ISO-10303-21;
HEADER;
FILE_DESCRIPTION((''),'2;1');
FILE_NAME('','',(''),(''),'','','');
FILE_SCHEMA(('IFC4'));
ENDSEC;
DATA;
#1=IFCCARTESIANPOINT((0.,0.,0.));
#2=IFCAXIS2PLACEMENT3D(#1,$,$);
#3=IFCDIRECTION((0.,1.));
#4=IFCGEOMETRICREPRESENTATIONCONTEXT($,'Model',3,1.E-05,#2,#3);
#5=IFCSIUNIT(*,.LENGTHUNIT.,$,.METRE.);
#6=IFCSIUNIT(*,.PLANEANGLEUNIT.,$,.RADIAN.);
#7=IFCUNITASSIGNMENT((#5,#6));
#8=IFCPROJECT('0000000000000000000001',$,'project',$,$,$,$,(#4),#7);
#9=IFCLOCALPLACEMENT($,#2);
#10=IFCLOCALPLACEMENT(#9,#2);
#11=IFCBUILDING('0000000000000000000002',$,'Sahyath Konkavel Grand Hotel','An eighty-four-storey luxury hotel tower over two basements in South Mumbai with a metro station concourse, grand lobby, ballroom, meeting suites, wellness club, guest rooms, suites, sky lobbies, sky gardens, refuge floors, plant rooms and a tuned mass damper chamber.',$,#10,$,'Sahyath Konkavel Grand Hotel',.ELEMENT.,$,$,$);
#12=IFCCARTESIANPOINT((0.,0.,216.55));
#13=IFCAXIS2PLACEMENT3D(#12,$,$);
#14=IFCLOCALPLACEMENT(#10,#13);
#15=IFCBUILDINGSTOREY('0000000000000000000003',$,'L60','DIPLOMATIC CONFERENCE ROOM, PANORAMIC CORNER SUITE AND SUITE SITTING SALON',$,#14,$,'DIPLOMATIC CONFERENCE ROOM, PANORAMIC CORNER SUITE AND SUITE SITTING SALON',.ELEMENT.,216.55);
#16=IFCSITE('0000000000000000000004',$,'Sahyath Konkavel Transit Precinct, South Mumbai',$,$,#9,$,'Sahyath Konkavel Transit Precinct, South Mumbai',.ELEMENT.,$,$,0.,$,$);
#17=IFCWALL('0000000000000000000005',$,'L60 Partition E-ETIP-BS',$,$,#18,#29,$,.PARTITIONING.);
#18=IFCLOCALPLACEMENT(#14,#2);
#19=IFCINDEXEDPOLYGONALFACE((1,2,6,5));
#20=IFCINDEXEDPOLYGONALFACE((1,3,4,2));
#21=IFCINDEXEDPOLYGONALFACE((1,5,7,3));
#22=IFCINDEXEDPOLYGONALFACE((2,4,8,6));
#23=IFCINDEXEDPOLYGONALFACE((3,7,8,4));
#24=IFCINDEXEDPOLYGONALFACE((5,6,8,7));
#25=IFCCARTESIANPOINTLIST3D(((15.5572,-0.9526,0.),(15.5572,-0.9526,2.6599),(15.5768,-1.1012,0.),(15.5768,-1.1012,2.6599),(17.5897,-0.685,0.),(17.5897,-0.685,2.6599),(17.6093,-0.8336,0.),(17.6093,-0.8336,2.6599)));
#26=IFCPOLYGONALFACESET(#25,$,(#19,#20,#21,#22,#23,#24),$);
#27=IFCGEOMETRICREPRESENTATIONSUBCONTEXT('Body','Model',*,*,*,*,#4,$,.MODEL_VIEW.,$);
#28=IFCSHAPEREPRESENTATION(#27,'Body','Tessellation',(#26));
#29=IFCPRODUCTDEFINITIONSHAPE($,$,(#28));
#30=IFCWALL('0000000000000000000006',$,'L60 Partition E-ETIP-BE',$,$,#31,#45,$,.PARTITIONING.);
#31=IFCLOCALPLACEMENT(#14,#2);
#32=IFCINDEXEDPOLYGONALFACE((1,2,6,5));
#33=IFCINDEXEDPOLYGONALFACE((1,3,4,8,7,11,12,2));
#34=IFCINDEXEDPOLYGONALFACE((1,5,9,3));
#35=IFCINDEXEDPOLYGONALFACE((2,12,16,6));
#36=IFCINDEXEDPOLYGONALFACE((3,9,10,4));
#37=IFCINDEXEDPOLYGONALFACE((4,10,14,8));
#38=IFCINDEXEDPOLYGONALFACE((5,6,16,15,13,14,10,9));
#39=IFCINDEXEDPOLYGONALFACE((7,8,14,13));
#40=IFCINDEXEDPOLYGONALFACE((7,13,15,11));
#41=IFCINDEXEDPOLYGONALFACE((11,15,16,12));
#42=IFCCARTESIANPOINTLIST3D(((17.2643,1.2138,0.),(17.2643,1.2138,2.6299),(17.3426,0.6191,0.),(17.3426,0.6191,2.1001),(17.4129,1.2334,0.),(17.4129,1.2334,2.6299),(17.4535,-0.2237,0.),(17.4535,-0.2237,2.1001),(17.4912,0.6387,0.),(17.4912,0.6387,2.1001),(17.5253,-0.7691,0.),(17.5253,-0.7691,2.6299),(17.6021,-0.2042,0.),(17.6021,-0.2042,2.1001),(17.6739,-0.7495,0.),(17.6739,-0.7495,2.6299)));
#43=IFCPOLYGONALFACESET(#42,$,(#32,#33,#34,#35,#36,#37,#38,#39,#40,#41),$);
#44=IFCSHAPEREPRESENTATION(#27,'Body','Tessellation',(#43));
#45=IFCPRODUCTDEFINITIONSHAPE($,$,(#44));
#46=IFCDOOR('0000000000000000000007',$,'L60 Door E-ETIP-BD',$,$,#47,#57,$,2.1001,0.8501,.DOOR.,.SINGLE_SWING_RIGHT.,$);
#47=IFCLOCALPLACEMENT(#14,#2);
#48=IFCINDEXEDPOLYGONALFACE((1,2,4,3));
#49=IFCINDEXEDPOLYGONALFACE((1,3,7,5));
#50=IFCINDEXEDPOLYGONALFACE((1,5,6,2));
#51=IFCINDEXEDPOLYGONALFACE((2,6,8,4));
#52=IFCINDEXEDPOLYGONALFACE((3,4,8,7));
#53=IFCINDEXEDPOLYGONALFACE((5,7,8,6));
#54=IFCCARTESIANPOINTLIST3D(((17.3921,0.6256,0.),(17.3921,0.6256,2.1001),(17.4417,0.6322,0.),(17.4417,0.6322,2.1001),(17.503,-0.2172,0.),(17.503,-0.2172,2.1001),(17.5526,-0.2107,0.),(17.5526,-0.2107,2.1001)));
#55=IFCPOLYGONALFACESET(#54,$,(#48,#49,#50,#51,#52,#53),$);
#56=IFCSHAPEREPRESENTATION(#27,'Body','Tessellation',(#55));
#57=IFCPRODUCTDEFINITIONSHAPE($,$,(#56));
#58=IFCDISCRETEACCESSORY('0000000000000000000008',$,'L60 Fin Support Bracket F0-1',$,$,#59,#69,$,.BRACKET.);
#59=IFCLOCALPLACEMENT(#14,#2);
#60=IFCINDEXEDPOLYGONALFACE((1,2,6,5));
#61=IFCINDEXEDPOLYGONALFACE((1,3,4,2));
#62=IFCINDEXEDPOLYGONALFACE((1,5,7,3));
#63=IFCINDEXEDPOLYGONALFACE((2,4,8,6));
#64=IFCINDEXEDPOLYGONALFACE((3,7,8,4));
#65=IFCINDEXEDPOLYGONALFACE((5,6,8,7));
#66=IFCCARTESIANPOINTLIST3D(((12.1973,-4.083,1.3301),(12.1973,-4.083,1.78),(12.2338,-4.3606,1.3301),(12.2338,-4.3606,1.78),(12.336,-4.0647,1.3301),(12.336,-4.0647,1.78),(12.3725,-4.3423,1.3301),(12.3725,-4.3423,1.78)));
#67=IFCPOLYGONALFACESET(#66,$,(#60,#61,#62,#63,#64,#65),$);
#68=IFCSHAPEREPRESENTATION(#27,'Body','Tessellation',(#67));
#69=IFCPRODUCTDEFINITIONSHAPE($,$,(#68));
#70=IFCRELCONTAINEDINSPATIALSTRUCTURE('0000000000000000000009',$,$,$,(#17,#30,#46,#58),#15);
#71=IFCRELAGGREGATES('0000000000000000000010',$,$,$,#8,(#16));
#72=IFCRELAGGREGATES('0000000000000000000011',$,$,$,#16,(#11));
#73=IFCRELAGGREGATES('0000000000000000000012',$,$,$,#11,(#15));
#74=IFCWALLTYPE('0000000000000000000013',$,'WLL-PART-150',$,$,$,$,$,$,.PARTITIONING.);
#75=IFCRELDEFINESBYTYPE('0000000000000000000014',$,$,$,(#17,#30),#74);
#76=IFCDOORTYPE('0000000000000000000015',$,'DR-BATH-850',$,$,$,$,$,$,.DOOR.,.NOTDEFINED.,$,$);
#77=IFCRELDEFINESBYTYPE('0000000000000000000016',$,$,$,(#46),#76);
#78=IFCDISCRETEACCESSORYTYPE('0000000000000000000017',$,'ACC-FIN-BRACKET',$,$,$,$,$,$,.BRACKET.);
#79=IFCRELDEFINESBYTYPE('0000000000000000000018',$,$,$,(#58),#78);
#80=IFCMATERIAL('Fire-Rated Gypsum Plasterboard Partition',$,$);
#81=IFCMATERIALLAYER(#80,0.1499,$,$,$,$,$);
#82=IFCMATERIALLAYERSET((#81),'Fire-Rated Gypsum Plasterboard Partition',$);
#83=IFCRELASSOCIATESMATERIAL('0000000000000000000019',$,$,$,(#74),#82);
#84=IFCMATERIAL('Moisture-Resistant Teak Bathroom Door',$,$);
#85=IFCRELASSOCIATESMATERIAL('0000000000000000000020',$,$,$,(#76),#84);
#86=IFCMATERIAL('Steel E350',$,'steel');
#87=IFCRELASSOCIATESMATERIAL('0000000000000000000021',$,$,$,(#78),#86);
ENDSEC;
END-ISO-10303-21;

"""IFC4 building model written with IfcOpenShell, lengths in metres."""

from ifc_helpers import new_model, si_unit, direction, frame, frame_2d, origin, origin_2d, place, context, subcontext, project, spatial, rectangle, extrude, source, transform, mapped, material, layer, layer_set, type_object, element, fill, save


model = new_model("IFC4")

# Units and contexts
model_context = context("Model", 3, precision=1e-05, world=origin(), true_north=direction((0.0, 1.0)))
body_context = subcontext(model_context, "Body", "Model", "MODEL_VIEW")
ifc_project = project(units=[si_unit("LENGTHUNIT", "METRE"), si_unit("PLANEANGLEUNIT", "RADIAN")], contexts=[model_context])

# Site, building, storey
site_placement = place(None, origin())
site = spatial("IfcSite", under=ifc_project, at=site_placement, Name="Sahyath Konkavel Transit Precinct, South Mumbai", LongName="Sahyath Konkavel Transit Precinct, South Mumbai", CompositionType="ELEMENT", RefElevation=0.0)
building_placement = place(site_placement, origin())
building = spatial("IfcBuilding", under=site, at=building_placement, Name="Sahyath Konkavel Grand Hotel", Description="An eighty-four-storey luxury hotel tower over two basements in South Mumbai with a metro station concourse, grand lobby, ballroom, meeting suites, wellness club, guest rooms, suites, sky lobbies, sky gardens, refuge floors, plant rooms and a tuned mass damper chamber.", LongName="Sahyath Konkavel Grand Hotel", CompositionType="ELEMENT")
storey_placement = place(building_placement, frame((0.0, 0.0, 216.55)))
storey = spatial("IfcBuildingStorey", under=building, at=storey_placement, Name="L60", Description="DIPLOMATIC CONFERENCE ROOM, PANORAMIC CORNER SUITE AND SUITE SITTING SALON", LongName="DIPLOMATIC CONFERENCE ROOM, PANORAMIC CORNER SUITE AND SUITE SITTING SALON", CompositionType="ELEMENT", Elevation=216.55)

# Shared definitions
ifc_material_1 = material(Name="Steel E350", Category="steel")

# Shared definitions
shared_shape_1 = source(origin(), body_context, "Body", "SweptSolid", [
    extrude(rectangle(XDim=0.8501, YDim=0.05, at=origin_2d()), origin(), (0.0, 0.0, 1.0), 2.1001),
])

# Wall
ifc_material_2 = material(Name="Fire-Rated Gypsum Plasterboard Partition")
ifc_layer_1 = layer(ifc_material_2, 0.1499)
ifc_layer_set_1 = layer_set([ifc_layer_1], Name="Fire-Rated Gypsum Plasterboard Partition")
wall_type_1 = type_object("IfcWallType", Name="WLL-PART-150", PredefinedType="PARTITIONING", material=ifc_layer_set_1)
wall_1_placement = place(storey_placement, frame((15.5671, -1.0269, 0.0), z_axis=(0.0, 0.0, 1.0), x_axis=(0.991445, 0.130525, 0.0)))
element("IfcWall", 1, at=wall_1_placement, inside=storey, type_object=wall_type_1, Name="L60 Partition E-ETIP-BS", PredefinedType="PARTITIONING", context=body_context, shape_type="SweptSolid", body=[
    extrude(rectangle(XDim=2.05, YDim=0.1499, at=frame_2d((1.0249, 0.0))), origin(), (0.0, 0.0, 1.0), 2.6599),
])

# Wall, opening, door
wall_2_placement = place(storey_placement, frame((17.5996, -0.7593, 0.0), z_axis=(0.0, 0.0, 1.0), x_axis=(-0.130492, 0.991449, 0.0)))
wall_2 = element("IfcWall", 2, at=wall_2_placement, inside=storey, type_object=wall_type_1, Name="L60 Partition E-ETIP-BE", PredefinedType="PARTITIONING", context=body_context, shape_type="SweptSolid", body=[
    extrude(rectangle(XDim=2.0, YDim=0.1499, at=frame_2d((1.0, 0.0))), origin(), (0.0, 0.0, 1.0), 2.6299),
])
opening_1_placement = place(wall_2_placement, frame((0.55, 0.0, 0.0)))
opening_1 = element("IfcOpeningElement", 3, at=opening_1_placement, cuts=wall_2, PredefinedType="OPENING", context=body_context, shape_type="SweptSolid", body=[
    extrude(rectangle(XDim=0.8501, YDim=2.1001, at=frame_2d((0.425, 1.05))), frame((0.0, 0.085, 0.0), z_axis=(0.0, -1.0, 0.0), x_axis=(1.0, 0.0, 0.0)), (0.0, 0.0, 1.0), 0.1699),
])
ifc_material_3 = material(Name="Moisture-Resistant Teak Bathroom Door")
door_type_1 = type_object("IfcDoorType", Name="DR-BATH-850", OperationType="NOTDEFINED", PredefinedType="DOOR", material=ifc_material_3)
door_1_placement = place(opening_1_placement, frame((0.425, 0.0, 0.0)))
door_1 = element("IfcDoor", 4, at=door_1_placement, inside=storey, type_object=door_type_1, Name="L60 Door E-ETIP-BD", OperationType="SINGLE_SWING_RIGHT", OverallHeight=2.1001, OverallWidth=0.8501, PredefinedType="DOOR", context=body_context, shape_type="MappedRepresentation", body=[
    mapped(shared_shape_1, transform((0.0, 0.0, 0.0), scale=1.0)),
])
fill(opening_1, door_1)

# Discrete accessory
discrete_accessory_type = type_object("IfcDiscreteAccessoryType", Name="ACC-FIN-BRACKET", PredefinedType="BRACKET", material=ifc_material_1)
shared_shape_2 = source(origin(), body_context, "Body", "SweptSolid", [
    extrude(rectangle(XDim=0.28, YDim=0.1399, at=origin_2d()), origin(), (0.0, 0.0, 1.0), 0.45),
])
discrete_accessory_placement = place(storey_placement, frame((12.2849, -4.2126, 1.3301), z_axis=(0.0, 0.0, 1.0), x_axis=(0.130526, -0.991445, 0.0)))
element("IfcDiscreteAccessory", 5, at=discrete_accessory_placement, inside=storey, type_object=discrete_accessory_type, Name="L60 Fin Support Bracket F0-1", PredefinedType="BRACKET", context=body_context, shape_type="MappedRepresentation", body=[
    mapped(shared_shape_2, transform((0.0, 0.0, 0.0), scale=1.0)),
])

save(model, "model.ifc")
